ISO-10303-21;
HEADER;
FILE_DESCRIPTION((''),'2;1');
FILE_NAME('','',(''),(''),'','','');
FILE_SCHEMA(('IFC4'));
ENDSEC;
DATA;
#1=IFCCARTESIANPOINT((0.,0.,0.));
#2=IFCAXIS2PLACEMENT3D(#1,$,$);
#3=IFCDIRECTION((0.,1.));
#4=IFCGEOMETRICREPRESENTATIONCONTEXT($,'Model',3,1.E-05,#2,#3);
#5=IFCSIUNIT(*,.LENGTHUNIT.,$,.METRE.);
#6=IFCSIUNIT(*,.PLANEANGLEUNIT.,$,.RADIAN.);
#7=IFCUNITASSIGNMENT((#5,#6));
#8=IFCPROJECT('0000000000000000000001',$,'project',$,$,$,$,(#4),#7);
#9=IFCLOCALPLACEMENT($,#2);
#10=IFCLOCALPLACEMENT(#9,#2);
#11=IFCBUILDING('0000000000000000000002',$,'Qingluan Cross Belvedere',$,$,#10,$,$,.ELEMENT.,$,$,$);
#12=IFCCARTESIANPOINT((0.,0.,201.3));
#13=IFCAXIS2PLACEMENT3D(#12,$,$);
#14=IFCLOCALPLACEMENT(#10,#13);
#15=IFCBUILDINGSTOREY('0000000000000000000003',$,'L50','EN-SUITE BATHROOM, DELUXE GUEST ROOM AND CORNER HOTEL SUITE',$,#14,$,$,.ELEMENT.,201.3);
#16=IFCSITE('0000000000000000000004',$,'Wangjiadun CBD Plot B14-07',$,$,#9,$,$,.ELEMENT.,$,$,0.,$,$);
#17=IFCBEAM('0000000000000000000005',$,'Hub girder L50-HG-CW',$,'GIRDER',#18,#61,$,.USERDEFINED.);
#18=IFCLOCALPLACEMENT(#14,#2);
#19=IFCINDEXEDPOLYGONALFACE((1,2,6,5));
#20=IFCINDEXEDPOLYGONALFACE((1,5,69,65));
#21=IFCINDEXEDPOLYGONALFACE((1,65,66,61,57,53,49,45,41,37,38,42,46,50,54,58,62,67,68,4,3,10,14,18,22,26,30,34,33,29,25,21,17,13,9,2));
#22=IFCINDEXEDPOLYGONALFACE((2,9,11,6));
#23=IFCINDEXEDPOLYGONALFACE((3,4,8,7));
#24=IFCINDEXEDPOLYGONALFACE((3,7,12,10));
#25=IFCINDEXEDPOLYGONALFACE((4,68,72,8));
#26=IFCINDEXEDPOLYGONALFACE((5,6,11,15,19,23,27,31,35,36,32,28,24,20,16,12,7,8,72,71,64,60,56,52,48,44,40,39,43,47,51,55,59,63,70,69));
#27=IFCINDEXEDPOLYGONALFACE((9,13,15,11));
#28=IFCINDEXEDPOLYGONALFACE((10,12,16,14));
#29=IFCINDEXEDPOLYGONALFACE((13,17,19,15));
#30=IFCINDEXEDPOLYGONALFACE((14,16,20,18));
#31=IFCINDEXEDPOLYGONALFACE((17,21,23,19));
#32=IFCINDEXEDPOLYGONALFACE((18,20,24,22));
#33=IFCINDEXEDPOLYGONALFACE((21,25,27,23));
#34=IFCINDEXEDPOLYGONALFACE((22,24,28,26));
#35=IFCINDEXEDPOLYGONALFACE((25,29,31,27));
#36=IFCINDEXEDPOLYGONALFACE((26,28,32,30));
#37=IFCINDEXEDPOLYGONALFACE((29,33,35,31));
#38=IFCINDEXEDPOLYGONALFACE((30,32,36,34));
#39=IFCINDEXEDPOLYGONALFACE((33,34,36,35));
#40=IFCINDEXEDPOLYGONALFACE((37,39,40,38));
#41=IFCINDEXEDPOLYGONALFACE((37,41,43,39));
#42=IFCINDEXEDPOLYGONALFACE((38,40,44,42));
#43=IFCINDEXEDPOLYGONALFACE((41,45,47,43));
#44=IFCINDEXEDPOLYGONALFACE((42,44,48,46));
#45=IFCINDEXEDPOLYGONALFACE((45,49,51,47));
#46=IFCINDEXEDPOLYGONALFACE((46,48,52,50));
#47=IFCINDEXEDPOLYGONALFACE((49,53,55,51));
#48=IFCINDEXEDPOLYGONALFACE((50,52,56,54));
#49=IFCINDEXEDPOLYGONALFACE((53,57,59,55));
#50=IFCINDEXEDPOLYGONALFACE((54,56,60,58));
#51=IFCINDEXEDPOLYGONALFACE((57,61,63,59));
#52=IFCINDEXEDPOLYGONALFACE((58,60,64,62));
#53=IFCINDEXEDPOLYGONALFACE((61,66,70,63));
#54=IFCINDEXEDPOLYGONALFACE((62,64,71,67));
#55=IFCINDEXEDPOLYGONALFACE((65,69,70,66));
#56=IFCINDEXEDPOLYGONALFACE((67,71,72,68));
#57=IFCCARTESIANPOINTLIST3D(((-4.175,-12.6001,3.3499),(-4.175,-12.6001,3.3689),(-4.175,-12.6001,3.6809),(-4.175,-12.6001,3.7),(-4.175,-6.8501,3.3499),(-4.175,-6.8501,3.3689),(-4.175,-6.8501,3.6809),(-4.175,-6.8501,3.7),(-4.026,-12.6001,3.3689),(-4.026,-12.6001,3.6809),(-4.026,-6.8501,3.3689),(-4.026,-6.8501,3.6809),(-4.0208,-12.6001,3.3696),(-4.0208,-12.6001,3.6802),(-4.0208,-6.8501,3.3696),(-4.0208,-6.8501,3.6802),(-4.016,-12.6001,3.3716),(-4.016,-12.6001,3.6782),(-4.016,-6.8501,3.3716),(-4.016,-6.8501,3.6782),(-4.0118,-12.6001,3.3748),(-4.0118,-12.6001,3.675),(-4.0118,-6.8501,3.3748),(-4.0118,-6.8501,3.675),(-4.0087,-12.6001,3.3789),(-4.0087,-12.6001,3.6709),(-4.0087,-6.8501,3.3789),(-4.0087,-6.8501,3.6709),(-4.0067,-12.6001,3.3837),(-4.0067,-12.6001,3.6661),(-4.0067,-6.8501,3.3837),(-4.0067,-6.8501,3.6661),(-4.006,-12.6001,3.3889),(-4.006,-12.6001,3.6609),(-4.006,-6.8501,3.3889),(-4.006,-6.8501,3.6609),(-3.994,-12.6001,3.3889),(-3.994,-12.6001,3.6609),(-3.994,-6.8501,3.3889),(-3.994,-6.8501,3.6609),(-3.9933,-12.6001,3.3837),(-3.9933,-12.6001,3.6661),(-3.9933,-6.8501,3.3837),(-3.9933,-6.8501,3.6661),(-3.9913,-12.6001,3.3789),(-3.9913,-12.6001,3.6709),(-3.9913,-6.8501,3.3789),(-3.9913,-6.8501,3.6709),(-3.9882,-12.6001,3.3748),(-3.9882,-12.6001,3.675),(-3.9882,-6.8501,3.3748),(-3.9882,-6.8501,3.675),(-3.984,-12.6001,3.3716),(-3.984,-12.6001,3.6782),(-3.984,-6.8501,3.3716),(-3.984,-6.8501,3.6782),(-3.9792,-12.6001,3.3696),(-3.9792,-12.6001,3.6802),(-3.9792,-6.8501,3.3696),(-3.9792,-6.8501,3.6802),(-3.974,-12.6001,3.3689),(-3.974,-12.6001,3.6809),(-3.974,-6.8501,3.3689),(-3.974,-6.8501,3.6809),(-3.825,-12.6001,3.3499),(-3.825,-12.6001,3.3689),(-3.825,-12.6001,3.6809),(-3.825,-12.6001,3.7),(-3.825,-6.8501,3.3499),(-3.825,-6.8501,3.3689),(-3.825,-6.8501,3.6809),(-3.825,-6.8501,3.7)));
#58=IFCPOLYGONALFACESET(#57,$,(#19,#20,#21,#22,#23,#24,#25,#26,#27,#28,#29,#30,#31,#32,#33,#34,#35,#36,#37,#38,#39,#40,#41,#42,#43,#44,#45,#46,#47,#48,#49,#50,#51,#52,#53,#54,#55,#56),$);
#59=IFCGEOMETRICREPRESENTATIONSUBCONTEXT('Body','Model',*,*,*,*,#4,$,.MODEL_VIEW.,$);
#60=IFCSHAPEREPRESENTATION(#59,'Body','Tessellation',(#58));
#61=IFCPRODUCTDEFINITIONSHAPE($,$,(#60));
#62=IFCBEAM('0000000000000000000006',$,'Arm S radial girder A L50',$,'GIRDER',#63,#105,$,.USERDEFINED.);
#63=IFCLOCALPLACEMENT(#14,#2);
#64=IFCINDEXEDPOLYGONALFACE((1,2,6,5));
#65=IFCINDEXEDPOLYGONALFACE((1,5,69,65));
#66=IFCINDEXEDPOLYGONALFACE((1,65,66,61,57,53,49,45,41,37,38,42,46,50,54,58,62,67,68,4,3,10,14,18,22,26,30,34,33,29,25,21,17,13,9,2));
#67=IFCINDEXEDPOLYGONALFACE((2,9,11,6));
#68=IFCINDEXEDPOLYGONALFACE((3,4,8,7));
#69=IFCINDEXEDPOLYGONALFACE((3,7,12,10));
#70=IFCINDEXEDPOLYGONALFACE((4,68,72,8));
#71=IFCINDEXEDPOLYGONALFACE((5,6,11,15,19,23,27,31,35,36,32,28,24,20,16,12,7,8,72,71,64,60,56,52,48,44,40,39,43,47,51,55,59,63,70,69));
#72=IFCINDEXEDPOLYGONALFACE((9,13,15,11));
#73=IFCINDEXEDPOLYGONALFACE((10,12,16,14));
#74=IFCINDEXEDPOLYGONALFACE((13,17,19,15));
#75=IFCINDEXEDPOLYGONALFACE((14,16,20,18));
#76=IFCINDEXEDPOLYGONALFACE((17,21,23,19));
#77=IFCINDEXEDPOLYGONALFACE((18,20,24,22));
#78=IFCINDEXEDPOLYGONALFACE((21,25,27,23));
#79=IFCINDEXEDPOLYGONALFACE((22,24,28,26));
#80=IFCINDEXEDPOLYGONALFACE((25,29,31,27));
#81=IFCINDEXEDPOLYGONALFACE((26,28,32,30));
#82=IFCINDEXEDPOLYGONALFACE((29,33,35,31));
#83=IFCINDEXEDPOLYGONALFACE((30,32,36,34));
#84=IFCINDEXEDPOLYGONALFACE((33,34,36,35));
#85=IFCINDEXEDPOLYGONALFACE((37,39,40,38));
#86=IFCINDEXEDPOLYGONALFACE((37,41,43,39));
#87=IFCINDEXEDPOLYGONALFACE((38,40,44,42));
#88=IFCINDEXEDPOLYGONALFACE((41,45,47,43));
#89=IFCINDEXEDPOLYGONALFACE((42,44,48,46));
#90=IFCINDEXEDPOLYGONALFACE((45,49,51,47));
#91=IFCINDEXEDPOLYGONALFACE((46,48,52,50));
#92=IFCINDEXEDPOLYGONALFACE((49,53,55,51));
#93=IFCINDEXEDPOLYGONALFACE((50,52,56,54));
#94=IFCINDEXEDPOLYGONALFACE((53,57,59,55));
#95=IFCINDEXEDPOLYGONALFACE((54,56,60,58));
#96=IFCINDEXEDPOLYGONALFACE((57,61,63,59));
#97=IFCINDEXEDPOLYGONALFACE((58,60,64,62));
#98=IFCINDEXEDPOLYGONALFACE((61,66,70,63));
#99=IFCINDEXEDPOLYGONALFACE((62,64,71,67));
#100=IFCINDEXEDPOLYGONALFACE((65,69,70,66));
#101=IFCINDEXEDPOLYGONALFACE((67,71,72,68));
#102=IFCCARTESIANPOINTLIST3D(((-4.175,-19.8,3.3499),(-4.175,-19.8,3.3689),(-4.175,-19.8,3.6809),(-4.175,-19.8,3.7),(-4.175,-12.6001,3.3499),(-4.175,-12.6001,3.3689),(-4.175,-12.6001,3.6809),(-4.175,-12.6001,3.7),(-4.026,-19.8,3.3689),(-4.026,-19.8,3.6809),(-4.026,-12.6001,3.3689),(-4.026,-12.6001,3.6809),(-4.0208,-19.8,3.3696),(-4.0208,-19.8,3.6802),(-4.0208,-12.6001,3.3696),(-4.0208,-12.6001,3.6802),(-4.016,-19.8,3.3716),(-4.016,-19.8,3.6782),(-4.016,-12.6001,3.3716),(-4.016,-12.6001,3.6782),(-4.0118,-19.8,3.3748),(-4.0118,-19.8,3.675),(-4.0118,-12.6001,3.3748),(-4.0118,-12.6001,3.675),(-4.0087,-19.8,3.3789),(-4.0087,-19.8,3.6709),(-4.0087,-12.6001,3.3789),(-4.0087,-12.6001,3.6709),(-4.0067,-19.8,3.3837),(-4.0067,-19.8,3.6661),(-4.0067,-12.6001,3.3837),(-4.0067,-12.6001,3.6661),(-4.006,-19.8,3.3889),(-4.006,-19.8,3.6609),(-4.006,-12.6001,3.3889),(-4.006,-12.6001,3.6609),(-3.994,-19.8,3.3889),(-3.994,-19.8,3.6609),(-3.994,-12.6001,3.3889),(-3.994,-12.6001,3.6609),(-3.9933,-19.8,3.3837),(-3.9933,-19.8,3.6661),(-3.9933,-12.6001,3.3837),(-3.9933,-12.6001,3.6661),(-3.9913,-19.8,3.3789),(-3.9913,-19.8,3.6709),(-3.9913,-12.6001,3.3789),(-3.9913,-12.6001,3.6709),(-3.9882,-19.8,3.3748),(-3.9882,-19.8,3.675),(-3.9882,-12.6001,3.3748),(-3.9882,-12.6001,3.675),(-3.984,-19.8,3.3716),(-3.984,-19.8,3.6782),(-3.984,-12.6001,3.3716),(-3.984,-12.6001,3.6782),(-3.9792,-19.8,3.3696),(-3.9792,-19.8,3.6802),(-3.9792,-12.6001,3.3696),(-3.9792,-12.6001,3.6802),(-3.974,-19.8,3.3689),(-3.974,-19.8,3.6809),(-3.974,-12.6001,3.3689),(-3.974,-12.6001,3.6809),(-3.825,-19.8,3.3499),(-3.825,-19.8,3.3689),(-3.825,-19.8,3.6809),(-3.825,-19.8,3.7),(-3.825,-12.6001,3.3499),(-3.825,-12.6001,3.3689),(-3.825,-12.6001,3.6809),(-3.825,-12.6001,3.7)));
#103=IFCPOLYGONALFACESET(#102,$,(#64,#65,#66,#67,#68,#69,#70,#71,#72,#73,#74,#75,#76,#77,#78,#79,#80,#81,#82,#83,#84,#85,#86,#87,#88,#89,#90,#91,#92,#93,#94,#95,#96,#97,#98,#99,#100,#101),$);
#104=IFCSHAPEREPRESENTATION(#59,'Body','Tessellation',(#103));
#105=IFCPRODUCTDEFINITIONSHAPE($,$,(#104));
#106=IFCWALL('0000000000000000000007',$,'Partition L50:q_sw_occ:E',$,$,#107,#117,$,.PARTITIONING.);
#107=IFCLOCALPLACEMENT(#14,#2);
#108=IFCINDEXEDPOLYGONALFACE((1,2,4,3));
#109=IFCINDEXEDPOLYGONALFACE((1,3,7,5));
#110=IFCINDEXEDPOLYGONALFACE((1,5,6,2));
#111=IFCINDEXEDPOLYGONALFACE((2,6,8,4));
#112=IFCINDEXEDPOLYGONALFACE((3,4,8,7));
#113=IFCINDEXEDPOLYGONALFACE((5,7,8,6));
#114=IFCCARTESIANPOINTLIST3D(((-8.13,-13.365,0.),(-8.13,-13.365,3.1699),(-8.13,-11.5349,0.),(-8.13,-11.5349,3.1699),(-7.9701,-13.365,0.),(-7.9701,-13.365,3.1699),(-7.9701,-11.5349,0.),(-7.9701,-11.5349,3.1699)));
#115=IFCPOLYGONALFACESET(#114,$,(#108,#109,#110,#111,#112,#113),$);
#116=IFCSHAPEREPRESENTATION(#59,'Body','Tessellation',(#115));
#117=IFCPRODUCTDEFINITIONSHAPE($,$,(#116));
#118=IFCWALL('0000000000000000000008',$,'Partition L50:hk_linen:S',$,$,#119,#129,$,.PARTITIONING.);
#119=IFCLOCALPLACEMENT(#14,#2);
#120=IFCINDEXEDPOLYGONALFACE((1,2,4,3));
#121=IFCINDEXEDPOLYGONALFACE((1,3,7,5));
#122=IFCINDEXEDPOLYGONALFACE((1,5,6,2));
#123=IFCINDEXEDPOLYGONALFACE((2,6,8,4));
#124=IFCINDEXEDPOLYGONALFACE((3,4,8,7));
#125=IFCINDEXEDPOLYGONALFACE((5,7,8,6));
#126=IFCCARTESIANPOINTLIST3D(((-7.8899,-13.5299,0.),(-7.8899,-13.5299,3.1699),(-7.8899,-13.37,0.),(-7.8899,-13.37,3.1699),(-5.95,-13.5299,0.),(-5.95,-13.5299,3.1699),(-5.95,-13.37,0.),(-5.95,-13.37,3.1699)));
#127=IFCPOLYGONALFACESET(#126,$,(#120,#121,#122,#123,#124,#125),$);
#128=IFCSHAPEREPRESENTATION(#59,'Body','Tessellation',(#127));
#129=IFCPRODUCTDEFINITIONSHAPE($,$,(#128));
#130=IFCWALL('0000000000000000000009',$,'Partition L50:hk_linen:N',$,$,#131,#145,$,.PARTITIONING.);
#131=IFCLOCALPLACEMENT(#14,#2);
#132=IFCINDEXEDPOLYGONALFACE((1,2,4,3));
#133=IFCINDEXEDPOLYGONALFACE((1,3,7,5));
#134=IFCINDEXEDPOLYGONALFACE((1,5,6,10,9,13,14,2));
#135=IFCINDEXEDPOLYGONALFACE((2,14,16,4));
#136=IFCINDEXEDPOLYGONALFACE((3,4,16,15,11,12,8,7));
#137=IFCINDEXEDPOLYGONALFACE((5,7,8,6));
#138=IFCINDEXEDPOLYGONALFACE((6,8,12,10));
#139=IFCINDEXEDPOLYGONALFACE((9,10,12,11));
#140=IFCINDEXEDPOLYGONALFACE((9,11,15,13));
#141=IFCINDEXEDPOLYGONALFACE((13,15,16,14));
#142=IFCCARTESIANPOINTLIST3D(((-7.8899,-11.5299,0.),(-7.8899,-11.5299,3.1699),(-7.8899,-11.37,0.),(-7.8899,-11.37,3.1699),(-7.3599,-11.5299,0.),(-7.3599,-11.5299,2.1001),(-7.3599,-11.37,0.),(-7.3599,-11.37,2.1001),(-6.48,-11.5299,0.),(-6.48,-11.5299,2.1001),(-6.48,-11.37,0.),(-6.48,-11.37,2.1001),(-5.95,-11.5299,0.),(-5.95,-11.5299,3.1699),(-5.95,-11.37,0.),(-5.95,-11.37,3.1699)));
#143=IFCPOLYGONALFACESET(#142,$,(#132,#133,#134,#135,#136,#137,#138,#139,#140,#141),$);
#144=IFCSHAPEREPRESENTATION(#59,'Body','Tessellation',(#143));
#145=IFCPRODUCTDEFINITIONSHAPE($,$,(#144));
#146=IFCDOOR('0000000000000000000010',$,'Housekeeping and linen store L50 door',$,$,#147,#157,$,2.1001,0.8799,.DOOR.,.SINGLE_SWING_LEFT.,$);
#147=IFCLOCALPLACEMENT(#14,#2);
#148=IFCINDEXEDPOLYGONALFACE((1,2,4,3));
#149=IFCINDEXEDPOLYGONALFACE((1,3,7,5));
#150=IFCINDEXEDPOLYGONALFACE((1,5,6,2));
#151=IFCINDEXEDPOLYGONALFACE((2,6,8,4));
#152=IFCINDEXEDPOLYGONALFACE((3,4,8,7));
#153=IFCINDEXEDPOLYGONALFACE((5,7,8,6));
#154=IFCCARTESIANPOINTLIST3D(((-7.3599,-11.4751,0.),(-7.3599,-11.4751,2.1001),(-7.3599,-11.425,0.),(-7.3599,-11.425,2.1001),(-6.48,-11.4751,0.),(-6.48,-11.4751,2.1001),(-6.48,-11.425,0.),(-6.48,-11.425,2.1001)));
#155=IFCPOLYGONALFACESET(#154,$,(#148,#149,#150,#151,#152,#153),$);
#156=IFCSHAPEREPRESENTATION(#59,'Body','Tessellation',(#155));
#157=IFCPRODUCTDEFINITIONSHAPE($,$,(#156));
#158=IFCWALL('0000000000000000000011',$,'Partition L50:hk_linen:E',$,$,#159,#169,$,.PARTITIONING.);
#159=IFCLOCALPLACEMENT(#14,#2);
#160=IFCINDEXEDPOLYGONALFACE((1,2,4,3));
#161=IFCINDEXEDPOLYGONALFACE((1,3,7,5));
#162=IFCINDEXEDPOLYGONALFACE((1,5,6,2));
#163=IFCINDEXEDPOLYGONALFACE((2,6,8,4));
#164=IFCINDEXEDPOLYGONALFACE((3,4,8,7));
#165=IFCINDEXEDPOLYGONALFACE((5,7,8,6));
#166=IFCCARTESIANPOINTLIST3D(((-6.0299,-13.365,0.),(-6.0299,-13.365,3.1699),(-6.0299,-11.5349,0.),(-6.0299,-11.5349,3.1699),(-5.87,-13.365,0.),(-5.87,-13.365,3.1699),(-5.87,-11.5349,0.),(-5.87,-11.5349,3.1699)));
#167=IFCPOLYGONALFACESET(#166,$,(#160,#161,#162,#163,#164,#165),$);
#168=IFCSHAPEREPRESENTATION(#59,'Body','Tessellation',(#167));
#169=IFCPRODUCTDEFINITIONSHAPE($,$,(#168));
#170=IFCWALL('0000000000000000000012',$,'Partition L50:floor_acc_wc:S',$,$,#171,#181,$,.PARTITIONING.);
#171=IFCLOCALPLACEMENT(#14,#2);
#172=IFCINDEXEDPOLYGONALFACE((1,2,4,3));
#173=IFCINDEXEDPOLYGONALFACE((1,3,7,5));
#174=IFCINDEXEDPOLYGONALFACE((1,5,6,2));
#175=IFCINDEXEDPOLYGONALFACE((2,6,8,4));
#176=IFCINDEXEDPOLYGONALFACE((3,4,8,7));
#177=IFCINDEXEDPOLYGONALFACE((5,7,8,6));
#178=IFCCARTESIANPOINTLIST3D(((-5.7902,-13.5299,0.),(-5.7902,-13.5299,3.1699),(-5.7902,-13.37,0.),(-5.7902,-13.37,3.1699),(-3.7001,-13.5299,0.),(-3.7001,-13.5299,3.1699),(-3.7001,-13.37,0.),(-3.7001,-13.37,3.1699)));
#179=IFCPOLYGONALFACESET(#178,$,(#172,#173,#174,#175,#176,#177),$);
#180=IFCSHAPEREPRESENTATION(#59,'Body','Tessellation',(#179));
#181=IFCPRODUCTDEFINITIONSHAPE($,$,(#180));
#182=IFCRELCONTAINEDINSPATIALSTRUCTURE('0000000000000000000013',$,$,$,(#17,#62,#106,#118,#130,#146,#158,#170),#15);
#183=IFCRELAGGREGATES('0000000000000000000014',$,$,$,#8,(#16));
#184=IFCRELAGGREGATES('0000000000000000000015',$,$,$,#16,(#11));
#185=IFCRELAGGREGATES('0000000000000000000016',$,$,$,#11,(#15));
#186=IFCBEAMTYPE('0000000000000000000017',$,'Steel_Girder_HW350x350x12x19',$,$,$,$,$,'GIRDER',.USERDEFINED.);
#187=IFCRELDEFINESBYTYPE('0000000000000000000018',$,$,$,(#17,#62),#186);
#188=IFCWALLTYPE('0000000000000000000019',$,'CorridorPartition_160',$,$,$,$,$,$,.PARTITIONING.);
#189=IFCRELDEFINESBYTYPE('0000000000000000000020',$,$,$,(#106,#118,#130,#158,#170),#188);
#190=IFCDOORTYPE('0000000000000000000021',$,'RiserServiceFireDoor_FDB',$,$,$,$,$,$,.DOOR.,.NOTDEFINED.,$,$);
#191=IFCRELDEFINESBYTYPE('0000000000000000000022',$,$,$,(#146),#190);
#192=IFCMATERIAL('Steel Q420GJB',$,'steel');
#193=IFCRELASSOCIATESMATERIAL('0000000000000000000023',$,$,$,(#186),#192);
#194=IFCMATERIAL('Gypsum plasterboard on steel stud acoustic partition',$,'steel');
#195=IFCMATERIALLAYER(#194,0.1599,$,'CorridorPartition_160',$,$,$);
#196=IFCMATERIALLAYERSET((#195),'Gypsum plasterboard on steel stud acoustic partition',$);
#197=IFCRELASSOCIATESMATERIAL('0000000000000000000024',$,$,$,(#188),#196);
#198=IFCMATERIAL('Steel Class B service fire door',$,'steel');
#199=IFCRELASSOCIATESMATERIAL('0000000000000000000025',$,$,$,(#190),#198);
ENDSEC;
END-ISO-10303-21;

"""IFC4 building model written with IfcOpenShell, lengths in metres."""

from ifc_helpers import new_model, si_unit, direction, frame, frame_2d, origin, origin_2d, place, context, subcontext, project, spatial, rectangle, i_section, extrude, material, layer, layer_set, material_profile, profile_set, type_object, element, fill, save


model = new_model("IFC4")

# Units and contexts
model_context = context("Model", 3, precision=1e-05, world=origin(), true_north=direction((0.0, 1.0)))
body_context = subcontext(model_context, "Body", "Model", "MODEL_VIEW")
ifc_project = project(units=[si_unit("LENGTHUNIT", "METRE"), si_unit("PLANEANGLEUNIT", "RADIAN")], contexts=[model_context])

# Site, building, storey
site_placement = place(None, origin())
site = spatial("IfcSite", under=ifc_project, at=site_placement, Name="Wangjiadun CBD Plot B14-07", CompositionType="ELEMENT", RefElevation=0.0)
building_placement = place(site_placement, origin())
building = spatial("IfcBuilding", under=site, at=building_placement, Name="Qingluan Cross Belvedere", CompositionType="ELEMENT")
storey_placement = place(building_placement, frame((0.0, 0.0, 201.3)))
storey = spatial("IfcBuildingStorey", under=building, at=storey_placement, Name="L50", Description="EN-SUITE BATHROOM, DELUXE GUEST ROOM AND CORNER HOTEL SUITE", CompositionType="ELEMENT", Elevation=201.3)

# Beams
ifc_material_1 = material(Name="Steel Q420GJB", Category="steel")
ifc_material_profile_1 = material_profile(ifc_material_1, i_section(OverallWidth=0.3501, OverallDepth=0.3501, WebThickness=0.012, FlangeThickness=0.019, FilletRadius=0.02, at=origin_2d()), Name="HW350x350x12x19")
ifc_profile_set_1 = profile_set([ifc_material_profile_1], Name="Steel Q420GJB")
beam_type_1 = type_object("IfcBeamType", Name="Steel_Girder_HW350x350x12x19", ElementType="GIRDER", PredefinedType="USERDEFINED", material=ifc_profile_set_1)
beam_1_placement = place(storey_placement, frame((-4.0, -12.6001, 3.5249), z_axis=(0.0, 1.0, 0.0), x_axis=(-1.0, 0.0, 0.0)))
element("IfcBeam", 1, at=beam_1_placement, inside=storey, type_object=beam_type_1, Name="Hub girder L50-HG-CW", ObjectType="GIRDER", PredefinedType="USERDEFINED", context=body_context, shape_type="SweptSolid", body=[
    extrude(i_section(OverallWidth=0.3501, OverallDepth=0.3501, WebThickness=0.012, FlangeThickness=0.019, FilletRadius=0.02, at=origin_2d()), origin(), (0.0, 0.0, 1.0), 5.75),
])
beam_2_placement = place(storey_placement, frame((-4.0, -12.6001, 3.5249), z_axis=(0.0, -1.0, 0.0), x_axis=(1.0, 0.0, 0.0)))
element("IfcBeam", 2, at=beam_2_placement, inside=storey, type_object=beam_type_1, Name="Arm S radial girder A L50", ObjectType="GIRDER", PredefinedType="USERDEFINED", context=body_context, shape_type="SweptSolid", body=[
    extrude(i_section(OverallWidth=0.3501, OverallDepth=0.3501, WebThickness=0.012, FlangeThickness=0.019, FilletRadius=0.02, at=origin_2d()), origin(), (0.0, 0.0, 1.0), 7.2),
])

# Shared definitions
ifc_material_2 = material(Name="Gypsum plasterboard on steel stud acoustic partition", Category="steel")
ifc_layer_1 = layer(ifc_material_2, 0.1599, Name="CorridorPartition_160")
ifc_layer_set_1 = layer_set([ifc_layer_1], Name="Gypsum plasterboard on steel stud acoustic partition")
wall_type_1 = type_object("IfcWallType", Name="CorridorPartition_160", PredefinedType="PARTITIONING", material=ifc_layer_set_1)

# Walls
wall_1_placement = place(storey_placement, frame((-8.05, -13.365, 0.0), z_axis=(0.0, 0.0, 1.0), x_axis=(0.0, 1.0, 0.0)))
element("IfcWall", 3, at=wall_1_placement, inside=storey, type_object=wall_type_1, Name="Partition L50:q_sw_occ:E", PredefinedType="PARTITIONING", context=body_context, shape_type="SweptSolid", body=[
    extrude(rectangle(XDim=1.8301, YDim=0.1599, at=frame_2d((0.915, 0.0))), origin(), (0.0, 0.0, 1.0), 3.1699),
])
wall_2_placement = place(storey_placement, frame((-7.8899, -13.45, 0.0), z_axis=(0.0, 0.0, 1.0), x_axis=(1.0, 0.0, 0.0)))
element("IfcWall", 4, at=wall_2_placement, inside=storey, type_object=wall_type_1, Name="Partition L50:hk_linen:S", PredefinedType="PARTITIONING", context=body_context, shape_type="SweptSolid", body=[
    extrude(rectangle(XDim=1.9399, YDim=0.1599, at=frame_2d((0.97, 0.0))), origin(), (0.0, 0.0, 1.0), 3.1699),
])

# Wall, opening, door
wall_3_placement = place(storey_placement, frame((-7.8899, -11.45, 0.0), z_axis=(0.0, 0.0, 1.0), x_axis=(1.0, 0.0, 0.0)))
wall_3 = element("IfcWall", 5, at=wall_3_placement, inside=storey, type_object=wall_type_1, Name="Partition L50:hk_linen:N", PredefinedType="PARTITIONING", context=body_context, shape_type="SweptSolid", body=[
    extrude(rectangle(XDim=1.9399, YDim=0.1599, at=frame_2d((0.97, 0.0))), origin(), (0.0, 0.0, 1.0), 3.1699),
])
opening_1_placement = place(wall_3_placement, frame((0.53, 0.0, 0.0)))
opening_1 = element("IfcOpeningElement", 6, at=opening_1_placement, cuts=wall_3, PredefinedType="OPENING", context=body_context, shape_type="SweptSolid", body=[
    extrude(rectangle(XDim=0.8799, YDim=2.1001, at=frame_2d((0.4399, 1.05))), frame((0.0, 0.0898, 0.0), z_axis=(0.0, -1.0, 0.0), x_axis=(1.0, 0.0, 0.0)), (0.0, 0.0, 1.0), 0.1799),
])
ifc_material_3 = material(Name="Steel Class B service fire door", Category="steel")
door_type_1 = type_object("IfcDoorType", Name="RiserServiceFireDoor_FDB", OperationType="NOTDEFINED", PredefinedType="DOOR", material=ifc_material_3)
door_1_placement = place(opening_1_placement, origin())
door_1 = element("IfcDoor", 7, at=door_1_placement, inside=storey, type_object=door_type_1, Name="Housekeeping and linen store L50 door", OperationType="SINGLE_SWING_LEFT", OverallHeight=2.1001, OverallWidth=0.8799, PredefinedType="DOOR", context=body_context, shape_type="SweptSolid", body=[
    extrude(rectangle(XDim=0.8799, YDim=2.1001, at=frame_2d((0.4399, 1.05))), frame((0.0, 0.0249, 0.0), z_axis=(0.0, -1.0, 0.0), x_axis=(1.0, 0.0, 0.0)), (0.0, 0.0, 1.0), 0.05),
])
fill(opening_1, door_1)

# Walls
wall_4_placement = place(storey_placement, frame((-5.95, -13.365, 0.0), z_axis=(0.0, 0.0, 1.0), x_axis=(0.0, 1.0, 0.0)))
element("IfcWall", 8, at=wall_4_placement, inside=storey, type_object=wall_type_1, Name="Partition L50:hk_linen:E", PredefinedType="PARTITIONING", context=body_context, shape_type="SweptSolid", body=[
    extrude(rectangle(XDim=1.8301, YDim=0.1599, at=frame_2d((0.915, 0.0))), origin(), (0.0, 0.0, 1.0), 3.1699),
])
wall_5_placement = place(storey_placement, frame((-5.79, -13.45, 0.0), z_axis=(0.0, 0.0, 1.0), x_axis=(1.0, 0.0, 0.0)))
element("IfcWall", 9, at=wall_5_placement, inside=storey, type_object=wall_type_1, Name="Partition L50:floor_acc_wc:S", PredefinedType="PARTITIONING", context=body_context, shape_type="SweptSolid", body=[
    extrude(rectangle(XDim=2.0901, YDim=0.1599, at=frame_2d((1.0449, 0.0))), origin(), (0.0, 0.0, 1.0), 3.1699),
])

save(model, "model.ifc")
